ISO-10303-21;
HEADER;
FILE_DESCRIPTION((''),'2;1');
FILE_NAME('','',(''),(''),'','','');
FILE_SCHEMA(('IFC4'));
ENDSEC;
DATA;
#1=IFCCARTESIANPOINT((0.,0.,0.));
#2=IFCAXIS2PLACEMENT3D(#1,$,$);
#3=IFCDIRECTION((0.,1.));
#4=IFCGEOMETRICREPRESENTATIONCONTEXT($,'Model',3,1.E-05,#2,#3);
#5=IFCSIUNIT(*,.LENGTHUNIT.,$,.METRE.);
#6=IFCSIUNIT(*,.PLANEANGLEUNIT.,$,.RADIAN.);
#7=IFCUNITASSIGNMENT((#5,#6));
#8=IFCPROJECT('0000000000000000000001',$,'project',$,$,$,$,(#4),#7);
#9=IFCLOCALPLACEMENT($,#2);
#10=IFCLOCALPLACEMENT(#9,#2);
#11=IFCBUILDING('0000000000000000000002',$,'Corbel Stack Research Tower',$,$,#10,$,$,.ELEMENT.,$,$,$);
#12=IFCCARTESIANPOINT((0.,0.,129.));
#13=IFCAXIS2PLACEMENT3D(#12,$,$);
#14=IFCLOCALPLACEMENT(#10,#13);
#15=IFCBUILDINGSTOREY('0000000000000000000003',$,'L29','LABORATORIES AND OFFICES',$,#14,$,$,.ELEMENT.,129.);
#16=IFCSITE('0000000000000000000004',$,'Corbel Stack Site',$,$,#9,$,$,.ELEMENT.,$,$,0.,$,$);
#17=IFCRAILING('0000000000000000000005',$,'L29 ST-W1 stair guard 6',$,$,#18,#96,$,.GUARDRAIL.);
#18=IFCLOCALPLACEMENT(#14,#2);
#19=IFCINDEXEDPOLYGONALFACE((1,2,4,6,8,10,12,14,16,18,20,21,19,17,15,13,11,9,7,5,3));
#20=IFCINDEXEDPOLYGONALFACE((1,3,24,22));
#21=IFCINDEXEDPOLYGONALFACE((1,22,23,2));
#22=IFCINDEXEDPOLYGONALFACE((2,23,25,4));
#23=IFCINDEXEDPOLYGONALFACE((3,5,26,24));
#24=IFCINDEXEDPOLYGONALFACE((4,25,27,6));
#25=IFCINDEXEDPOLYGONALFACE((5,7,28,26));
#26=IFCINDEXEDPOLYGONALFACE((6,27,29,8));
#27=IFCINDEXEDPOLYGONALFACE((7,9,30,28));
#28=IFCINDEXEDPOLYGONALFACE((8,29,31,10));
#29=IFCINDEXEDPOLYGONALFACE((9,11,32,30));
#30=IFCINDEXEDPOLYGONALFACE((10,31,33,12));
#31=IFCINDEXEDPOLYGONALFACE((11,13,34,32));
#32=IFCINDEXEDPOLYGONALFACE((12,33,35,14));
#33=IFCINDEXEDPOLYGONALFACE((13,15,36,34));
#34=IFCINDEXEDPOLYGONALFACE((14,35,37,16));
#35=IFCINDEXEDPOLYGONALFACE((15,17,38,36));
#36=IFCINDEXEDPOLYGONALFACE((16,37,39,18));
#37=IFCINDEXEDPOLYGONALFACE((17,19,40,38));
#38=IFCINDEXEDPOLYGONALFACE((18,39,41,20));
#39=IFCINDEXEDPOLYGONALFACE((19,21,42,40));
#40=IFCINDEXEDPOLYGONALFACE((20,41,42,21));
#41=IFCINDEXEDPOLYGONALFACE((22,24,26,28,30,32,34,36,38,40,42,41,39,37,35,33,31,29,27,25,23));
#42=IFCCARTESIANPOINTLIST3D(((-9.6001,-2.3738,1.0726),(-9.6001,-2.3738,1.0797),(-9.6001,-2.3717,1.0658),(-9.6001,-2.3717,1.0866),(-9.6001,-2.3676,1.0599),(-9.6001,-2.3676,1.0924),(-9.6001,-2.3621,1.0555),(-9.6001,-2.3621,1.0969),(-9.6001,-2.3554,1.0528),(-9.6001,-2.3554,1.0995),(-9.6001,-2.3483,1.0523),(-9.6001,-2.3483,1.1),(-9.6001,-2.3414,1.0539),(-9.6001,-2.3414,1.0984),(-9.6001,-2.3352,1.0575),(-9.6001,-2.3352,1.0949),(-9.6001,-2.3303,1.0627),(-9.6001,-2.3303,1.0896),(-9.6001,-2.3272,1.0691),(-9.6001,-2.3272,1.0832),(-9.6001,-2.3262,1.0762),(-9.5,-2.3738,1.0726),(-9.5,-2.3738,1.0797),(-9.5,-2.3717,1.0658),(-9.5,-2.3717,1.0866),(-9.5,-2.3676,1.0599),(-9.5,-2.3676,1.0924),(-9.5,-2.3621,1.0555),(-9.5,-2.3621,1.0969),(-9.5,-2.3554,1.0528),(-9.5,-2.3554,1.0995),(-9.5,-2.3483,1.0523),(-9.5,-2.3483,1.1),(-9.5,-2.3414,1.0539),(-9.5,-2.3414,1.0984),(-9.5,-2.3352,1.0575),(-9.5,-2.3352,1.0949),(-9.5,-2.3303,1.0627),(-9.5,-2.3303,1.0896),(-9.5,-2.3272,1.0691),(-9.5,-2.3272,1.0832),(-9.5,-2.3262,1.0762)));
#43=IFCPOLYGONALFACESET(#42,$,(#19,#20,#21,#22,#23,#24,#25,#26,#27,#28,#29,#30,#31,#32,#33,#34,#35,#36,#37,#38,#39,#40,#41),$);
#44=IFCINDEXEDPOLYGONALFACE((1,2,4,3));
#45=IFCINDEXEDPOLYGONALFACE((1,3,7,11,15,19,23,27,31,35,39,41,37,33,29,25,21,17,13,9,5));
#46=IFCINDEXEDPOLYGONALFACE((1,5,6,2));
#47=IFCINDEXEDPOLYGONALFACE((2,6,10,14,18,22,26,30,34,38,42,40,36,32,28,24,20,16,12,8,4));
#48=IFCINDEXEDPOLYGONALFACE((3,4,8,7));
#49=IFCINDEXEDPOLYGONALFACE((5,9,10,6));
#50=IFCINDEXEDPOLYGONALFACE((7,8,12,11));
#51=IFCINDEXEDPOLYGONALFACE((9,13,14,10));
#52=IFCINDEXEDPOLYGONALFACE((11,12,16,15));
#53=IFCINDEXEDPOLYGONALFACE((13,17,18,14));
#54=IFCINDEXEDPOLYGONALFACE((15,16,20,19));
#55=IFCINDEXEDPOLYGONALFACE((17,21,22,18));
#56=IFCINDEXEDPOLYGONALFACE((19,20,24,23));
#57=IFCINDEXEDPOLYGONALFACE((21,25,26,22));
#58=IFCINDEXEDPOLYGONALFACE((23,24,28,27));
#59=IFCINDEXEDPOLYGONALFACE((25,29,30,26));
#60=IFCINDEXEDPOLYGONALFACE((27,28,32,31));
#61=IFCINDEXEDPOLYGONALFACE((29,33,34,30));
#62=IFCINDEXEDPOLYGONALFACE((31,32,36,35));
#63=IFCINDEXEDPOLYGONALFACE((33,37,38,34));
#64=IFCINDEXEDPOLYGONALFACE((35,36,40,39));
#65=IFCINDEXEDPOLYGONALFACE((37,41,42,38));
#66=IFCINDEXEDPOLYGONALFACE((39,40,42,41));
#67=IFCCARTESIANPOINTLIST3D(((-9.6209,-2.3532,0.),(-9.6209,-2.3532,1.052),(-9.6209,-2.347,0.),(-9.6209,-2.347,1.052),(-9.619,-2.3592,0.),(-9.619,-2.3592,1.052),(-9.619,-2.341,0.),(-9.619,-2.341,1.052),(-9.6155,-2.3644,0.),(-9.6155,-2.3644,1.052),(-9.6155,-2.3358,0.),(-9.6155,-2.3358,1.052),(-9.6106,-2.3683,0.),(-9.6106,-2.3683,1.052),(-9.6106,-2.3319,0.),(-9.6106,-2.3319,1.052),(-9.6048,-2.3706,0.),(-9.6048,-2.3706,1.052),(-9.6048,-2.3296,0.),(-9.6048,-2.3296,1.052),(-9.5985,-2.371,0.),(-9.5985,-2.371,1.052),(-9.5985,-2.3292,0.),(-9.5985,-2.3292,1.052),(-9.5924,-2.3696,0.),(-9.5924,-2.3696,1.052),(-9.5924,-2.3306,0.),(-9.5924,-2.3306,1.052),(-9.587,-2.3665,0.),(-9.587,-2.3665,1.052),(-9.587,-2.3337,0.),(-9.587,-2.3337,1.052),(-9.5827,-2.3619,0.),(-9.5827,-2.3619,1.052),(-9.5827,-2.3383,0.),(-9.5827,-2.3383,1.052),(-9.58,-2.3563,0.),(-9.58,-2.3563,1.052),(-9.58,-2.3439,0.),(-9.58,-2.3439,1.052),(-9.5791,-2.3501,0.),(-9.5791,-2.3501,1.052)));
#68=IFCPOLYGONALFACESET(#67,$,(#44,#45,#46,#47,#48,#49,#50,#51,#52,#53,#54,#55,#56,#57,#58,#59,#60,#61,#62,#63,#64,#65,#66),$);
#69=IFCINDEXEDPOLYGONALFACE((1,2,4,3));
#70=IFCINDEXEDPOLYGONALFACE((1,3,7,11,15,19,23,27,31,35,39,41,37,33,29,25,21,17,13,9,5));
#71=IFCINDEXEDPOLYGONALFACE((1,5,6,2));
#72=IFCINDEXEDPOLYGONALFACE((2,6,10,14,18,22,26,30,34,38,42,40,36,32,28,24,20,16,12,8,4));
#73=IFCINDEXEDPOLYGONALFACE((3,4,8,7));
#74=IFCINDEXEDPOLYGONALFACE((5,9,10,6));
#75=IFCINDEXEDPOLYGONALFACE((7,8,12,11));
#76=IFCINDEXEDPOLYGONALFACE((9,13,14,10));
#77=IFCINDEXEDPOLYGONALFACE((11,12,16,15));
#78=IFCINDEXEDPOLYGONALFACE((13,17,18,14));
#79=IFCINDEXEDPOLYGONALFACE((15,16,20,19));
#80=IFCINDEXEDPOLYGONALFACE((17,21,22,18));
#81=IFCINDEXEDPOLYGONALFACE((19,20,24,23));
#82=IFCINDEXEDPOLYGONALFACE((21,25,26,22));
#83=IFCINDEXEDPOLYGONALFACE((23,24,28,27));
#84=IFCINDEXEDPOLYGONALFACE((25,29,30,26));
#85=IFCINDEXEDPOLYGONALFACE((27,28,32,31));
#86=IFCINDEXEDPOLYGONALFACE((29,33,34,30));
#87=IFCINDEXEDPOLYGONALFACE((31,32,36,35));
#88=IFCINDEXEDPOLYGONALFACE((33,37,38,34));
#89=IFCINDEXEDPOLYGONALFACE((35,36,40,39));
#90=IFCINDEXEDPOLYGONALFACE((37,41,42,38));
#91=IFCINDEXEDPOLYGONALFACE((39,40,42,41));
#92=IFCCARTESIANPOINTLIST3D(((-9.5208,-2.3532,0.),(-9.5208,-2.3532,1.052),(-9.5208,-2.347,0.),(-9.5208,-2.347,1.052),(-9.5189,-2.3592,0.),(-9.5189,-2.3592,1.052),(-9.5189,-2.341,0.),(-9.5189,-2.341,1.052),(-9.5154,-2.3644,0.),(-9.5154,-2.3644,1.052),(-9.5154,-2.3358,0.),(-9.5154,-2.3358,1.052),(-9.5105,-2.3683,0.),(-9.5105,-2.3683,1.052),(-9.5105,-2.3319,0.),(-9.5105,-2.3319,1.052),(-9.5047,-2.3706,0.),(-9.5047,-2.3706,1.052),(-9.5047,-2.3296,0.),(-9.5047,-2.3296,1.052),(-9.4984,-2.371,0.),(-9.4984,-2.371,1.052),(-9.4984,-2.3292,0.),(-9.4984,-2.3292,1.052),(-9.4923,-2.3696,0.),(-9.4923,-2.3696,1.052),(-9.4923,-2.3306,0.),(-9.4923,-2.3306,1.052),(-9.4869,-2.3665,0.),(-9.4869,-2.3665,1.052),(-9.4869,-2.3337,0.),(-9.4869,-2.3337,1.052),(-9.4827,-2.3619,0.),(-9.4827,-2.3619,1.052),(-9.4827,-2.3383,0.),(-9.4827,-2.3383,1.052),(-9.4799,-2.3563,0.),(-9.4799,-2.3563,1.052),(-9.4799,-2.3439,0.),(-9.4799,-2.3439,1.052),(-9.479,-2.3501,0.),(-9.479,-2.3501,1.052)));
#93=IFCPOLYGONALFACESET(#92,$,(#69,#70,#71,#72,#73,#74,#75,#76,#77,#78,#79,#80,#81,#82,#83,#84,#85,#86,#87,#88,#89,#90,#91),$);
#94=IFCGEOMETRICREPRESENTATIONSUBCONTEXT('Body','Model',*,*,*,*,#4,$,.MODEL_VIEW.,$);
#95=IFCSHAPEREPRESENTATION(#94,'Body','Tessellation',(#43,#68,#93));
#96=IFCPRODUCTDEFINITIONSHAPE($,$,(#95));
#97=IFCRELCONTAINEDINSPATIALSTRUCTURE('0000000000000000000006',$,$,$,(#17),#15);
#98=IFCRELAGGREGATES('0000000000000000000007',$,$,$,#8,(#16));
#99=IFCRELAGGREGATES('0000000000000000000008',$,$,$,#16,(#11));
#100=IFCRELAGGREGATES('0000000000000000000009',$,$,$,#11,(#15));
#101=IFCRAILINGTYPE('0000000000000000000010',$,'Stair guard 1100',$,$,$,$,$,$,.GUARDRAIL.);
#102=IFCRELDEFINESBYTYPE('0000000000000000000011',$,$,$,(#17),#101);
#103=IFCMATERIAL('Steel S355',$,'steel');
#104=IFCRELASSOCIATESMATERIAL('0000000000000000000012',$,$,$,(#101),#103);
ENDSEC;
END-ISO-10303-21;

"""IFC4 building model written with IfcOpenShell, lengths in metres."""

from ifc_helpers import new_model, si_unit, direction, frame, origin, origin_2d, place, context, subcontext, project, spatial, circle, extrude, material, type_object, element, save


model = new_model("IFC4")

# Units and contexts
model_context = context("Model", 3, precision=1e-05, world=origin(), true_north=direction((0.0, 1.0)))
body_context = subcontext(model_context, "Body", "Model", "MODEL_VIEW")
ifc_project = project(units=[si_unit("LENGTHUNIT", "METRE"), si_unit("PLANEANGLEUNIT", "RADIAN")], contexts=[model_context])

# Site, building, storey
site_placement = place(None, origin())
site = spatial("IfcSite", under=ifc_project, at=site_placement, Name="Corbel Stack Site", CompositionType="ELEMENT", RefElevation=0.0)
building_placement = place(site_placement, origin())
building = spatial("IfcBuilding", under=site, at=building_placement, Name="Corbel Stack Research Tower", CompositionType="ELEMENT")
storey_placement = place(building_placement, frame((0.0, 0.0, 129.0)))
storey = spatial("IfcBuildingStorey", under=building, at=storey_placement, Name="L29", Description="LABORATORIES AND OFFICES", CompositionType="ELEMENT", Elevation=129.0)

# Railing
ifc_material_1 = material(Name="Steel S355", Category="steel")
railing_type = type_object("IfcRailingType", Name="Stair guard 1100", PredefinedType="GUARDRAIL", material=ifc_material_1)
for number, where, name in (
    (1, (-9.6001, -2.3501, 0.0), "L29 ST-W1 stair guard 6"),
):
    element("IfcRailing", number, at=place(storey_placement, frame(where)), inside=storey, type_object=railing_type, Name=name, PredefinedType="GUARDRAIL", context=body_context, shape_type="SweptSolid", body=[
        extrude(circle(Radius=0.0239, at=origin_2d()), frame((0.0, 0.0, 1.0762), z_axis=(1.0, 0.0, 0.0), x_axis=(0.0, 1.0, 0.0)), (0.0, 0.0, 1.0), 0.1001),
        extrude(circle(Radius=0.021, at=origin_2d()), origin(), (0.0, 0.0, 1.0), 1.052),
        extrude(circle(Radius=0.021, at=origin_2d()), frame((0.1001, 0.0, 0.0)), (0.0, 0.0, 1.0), 1.052),
    ])

save(model, "model.ifc")
